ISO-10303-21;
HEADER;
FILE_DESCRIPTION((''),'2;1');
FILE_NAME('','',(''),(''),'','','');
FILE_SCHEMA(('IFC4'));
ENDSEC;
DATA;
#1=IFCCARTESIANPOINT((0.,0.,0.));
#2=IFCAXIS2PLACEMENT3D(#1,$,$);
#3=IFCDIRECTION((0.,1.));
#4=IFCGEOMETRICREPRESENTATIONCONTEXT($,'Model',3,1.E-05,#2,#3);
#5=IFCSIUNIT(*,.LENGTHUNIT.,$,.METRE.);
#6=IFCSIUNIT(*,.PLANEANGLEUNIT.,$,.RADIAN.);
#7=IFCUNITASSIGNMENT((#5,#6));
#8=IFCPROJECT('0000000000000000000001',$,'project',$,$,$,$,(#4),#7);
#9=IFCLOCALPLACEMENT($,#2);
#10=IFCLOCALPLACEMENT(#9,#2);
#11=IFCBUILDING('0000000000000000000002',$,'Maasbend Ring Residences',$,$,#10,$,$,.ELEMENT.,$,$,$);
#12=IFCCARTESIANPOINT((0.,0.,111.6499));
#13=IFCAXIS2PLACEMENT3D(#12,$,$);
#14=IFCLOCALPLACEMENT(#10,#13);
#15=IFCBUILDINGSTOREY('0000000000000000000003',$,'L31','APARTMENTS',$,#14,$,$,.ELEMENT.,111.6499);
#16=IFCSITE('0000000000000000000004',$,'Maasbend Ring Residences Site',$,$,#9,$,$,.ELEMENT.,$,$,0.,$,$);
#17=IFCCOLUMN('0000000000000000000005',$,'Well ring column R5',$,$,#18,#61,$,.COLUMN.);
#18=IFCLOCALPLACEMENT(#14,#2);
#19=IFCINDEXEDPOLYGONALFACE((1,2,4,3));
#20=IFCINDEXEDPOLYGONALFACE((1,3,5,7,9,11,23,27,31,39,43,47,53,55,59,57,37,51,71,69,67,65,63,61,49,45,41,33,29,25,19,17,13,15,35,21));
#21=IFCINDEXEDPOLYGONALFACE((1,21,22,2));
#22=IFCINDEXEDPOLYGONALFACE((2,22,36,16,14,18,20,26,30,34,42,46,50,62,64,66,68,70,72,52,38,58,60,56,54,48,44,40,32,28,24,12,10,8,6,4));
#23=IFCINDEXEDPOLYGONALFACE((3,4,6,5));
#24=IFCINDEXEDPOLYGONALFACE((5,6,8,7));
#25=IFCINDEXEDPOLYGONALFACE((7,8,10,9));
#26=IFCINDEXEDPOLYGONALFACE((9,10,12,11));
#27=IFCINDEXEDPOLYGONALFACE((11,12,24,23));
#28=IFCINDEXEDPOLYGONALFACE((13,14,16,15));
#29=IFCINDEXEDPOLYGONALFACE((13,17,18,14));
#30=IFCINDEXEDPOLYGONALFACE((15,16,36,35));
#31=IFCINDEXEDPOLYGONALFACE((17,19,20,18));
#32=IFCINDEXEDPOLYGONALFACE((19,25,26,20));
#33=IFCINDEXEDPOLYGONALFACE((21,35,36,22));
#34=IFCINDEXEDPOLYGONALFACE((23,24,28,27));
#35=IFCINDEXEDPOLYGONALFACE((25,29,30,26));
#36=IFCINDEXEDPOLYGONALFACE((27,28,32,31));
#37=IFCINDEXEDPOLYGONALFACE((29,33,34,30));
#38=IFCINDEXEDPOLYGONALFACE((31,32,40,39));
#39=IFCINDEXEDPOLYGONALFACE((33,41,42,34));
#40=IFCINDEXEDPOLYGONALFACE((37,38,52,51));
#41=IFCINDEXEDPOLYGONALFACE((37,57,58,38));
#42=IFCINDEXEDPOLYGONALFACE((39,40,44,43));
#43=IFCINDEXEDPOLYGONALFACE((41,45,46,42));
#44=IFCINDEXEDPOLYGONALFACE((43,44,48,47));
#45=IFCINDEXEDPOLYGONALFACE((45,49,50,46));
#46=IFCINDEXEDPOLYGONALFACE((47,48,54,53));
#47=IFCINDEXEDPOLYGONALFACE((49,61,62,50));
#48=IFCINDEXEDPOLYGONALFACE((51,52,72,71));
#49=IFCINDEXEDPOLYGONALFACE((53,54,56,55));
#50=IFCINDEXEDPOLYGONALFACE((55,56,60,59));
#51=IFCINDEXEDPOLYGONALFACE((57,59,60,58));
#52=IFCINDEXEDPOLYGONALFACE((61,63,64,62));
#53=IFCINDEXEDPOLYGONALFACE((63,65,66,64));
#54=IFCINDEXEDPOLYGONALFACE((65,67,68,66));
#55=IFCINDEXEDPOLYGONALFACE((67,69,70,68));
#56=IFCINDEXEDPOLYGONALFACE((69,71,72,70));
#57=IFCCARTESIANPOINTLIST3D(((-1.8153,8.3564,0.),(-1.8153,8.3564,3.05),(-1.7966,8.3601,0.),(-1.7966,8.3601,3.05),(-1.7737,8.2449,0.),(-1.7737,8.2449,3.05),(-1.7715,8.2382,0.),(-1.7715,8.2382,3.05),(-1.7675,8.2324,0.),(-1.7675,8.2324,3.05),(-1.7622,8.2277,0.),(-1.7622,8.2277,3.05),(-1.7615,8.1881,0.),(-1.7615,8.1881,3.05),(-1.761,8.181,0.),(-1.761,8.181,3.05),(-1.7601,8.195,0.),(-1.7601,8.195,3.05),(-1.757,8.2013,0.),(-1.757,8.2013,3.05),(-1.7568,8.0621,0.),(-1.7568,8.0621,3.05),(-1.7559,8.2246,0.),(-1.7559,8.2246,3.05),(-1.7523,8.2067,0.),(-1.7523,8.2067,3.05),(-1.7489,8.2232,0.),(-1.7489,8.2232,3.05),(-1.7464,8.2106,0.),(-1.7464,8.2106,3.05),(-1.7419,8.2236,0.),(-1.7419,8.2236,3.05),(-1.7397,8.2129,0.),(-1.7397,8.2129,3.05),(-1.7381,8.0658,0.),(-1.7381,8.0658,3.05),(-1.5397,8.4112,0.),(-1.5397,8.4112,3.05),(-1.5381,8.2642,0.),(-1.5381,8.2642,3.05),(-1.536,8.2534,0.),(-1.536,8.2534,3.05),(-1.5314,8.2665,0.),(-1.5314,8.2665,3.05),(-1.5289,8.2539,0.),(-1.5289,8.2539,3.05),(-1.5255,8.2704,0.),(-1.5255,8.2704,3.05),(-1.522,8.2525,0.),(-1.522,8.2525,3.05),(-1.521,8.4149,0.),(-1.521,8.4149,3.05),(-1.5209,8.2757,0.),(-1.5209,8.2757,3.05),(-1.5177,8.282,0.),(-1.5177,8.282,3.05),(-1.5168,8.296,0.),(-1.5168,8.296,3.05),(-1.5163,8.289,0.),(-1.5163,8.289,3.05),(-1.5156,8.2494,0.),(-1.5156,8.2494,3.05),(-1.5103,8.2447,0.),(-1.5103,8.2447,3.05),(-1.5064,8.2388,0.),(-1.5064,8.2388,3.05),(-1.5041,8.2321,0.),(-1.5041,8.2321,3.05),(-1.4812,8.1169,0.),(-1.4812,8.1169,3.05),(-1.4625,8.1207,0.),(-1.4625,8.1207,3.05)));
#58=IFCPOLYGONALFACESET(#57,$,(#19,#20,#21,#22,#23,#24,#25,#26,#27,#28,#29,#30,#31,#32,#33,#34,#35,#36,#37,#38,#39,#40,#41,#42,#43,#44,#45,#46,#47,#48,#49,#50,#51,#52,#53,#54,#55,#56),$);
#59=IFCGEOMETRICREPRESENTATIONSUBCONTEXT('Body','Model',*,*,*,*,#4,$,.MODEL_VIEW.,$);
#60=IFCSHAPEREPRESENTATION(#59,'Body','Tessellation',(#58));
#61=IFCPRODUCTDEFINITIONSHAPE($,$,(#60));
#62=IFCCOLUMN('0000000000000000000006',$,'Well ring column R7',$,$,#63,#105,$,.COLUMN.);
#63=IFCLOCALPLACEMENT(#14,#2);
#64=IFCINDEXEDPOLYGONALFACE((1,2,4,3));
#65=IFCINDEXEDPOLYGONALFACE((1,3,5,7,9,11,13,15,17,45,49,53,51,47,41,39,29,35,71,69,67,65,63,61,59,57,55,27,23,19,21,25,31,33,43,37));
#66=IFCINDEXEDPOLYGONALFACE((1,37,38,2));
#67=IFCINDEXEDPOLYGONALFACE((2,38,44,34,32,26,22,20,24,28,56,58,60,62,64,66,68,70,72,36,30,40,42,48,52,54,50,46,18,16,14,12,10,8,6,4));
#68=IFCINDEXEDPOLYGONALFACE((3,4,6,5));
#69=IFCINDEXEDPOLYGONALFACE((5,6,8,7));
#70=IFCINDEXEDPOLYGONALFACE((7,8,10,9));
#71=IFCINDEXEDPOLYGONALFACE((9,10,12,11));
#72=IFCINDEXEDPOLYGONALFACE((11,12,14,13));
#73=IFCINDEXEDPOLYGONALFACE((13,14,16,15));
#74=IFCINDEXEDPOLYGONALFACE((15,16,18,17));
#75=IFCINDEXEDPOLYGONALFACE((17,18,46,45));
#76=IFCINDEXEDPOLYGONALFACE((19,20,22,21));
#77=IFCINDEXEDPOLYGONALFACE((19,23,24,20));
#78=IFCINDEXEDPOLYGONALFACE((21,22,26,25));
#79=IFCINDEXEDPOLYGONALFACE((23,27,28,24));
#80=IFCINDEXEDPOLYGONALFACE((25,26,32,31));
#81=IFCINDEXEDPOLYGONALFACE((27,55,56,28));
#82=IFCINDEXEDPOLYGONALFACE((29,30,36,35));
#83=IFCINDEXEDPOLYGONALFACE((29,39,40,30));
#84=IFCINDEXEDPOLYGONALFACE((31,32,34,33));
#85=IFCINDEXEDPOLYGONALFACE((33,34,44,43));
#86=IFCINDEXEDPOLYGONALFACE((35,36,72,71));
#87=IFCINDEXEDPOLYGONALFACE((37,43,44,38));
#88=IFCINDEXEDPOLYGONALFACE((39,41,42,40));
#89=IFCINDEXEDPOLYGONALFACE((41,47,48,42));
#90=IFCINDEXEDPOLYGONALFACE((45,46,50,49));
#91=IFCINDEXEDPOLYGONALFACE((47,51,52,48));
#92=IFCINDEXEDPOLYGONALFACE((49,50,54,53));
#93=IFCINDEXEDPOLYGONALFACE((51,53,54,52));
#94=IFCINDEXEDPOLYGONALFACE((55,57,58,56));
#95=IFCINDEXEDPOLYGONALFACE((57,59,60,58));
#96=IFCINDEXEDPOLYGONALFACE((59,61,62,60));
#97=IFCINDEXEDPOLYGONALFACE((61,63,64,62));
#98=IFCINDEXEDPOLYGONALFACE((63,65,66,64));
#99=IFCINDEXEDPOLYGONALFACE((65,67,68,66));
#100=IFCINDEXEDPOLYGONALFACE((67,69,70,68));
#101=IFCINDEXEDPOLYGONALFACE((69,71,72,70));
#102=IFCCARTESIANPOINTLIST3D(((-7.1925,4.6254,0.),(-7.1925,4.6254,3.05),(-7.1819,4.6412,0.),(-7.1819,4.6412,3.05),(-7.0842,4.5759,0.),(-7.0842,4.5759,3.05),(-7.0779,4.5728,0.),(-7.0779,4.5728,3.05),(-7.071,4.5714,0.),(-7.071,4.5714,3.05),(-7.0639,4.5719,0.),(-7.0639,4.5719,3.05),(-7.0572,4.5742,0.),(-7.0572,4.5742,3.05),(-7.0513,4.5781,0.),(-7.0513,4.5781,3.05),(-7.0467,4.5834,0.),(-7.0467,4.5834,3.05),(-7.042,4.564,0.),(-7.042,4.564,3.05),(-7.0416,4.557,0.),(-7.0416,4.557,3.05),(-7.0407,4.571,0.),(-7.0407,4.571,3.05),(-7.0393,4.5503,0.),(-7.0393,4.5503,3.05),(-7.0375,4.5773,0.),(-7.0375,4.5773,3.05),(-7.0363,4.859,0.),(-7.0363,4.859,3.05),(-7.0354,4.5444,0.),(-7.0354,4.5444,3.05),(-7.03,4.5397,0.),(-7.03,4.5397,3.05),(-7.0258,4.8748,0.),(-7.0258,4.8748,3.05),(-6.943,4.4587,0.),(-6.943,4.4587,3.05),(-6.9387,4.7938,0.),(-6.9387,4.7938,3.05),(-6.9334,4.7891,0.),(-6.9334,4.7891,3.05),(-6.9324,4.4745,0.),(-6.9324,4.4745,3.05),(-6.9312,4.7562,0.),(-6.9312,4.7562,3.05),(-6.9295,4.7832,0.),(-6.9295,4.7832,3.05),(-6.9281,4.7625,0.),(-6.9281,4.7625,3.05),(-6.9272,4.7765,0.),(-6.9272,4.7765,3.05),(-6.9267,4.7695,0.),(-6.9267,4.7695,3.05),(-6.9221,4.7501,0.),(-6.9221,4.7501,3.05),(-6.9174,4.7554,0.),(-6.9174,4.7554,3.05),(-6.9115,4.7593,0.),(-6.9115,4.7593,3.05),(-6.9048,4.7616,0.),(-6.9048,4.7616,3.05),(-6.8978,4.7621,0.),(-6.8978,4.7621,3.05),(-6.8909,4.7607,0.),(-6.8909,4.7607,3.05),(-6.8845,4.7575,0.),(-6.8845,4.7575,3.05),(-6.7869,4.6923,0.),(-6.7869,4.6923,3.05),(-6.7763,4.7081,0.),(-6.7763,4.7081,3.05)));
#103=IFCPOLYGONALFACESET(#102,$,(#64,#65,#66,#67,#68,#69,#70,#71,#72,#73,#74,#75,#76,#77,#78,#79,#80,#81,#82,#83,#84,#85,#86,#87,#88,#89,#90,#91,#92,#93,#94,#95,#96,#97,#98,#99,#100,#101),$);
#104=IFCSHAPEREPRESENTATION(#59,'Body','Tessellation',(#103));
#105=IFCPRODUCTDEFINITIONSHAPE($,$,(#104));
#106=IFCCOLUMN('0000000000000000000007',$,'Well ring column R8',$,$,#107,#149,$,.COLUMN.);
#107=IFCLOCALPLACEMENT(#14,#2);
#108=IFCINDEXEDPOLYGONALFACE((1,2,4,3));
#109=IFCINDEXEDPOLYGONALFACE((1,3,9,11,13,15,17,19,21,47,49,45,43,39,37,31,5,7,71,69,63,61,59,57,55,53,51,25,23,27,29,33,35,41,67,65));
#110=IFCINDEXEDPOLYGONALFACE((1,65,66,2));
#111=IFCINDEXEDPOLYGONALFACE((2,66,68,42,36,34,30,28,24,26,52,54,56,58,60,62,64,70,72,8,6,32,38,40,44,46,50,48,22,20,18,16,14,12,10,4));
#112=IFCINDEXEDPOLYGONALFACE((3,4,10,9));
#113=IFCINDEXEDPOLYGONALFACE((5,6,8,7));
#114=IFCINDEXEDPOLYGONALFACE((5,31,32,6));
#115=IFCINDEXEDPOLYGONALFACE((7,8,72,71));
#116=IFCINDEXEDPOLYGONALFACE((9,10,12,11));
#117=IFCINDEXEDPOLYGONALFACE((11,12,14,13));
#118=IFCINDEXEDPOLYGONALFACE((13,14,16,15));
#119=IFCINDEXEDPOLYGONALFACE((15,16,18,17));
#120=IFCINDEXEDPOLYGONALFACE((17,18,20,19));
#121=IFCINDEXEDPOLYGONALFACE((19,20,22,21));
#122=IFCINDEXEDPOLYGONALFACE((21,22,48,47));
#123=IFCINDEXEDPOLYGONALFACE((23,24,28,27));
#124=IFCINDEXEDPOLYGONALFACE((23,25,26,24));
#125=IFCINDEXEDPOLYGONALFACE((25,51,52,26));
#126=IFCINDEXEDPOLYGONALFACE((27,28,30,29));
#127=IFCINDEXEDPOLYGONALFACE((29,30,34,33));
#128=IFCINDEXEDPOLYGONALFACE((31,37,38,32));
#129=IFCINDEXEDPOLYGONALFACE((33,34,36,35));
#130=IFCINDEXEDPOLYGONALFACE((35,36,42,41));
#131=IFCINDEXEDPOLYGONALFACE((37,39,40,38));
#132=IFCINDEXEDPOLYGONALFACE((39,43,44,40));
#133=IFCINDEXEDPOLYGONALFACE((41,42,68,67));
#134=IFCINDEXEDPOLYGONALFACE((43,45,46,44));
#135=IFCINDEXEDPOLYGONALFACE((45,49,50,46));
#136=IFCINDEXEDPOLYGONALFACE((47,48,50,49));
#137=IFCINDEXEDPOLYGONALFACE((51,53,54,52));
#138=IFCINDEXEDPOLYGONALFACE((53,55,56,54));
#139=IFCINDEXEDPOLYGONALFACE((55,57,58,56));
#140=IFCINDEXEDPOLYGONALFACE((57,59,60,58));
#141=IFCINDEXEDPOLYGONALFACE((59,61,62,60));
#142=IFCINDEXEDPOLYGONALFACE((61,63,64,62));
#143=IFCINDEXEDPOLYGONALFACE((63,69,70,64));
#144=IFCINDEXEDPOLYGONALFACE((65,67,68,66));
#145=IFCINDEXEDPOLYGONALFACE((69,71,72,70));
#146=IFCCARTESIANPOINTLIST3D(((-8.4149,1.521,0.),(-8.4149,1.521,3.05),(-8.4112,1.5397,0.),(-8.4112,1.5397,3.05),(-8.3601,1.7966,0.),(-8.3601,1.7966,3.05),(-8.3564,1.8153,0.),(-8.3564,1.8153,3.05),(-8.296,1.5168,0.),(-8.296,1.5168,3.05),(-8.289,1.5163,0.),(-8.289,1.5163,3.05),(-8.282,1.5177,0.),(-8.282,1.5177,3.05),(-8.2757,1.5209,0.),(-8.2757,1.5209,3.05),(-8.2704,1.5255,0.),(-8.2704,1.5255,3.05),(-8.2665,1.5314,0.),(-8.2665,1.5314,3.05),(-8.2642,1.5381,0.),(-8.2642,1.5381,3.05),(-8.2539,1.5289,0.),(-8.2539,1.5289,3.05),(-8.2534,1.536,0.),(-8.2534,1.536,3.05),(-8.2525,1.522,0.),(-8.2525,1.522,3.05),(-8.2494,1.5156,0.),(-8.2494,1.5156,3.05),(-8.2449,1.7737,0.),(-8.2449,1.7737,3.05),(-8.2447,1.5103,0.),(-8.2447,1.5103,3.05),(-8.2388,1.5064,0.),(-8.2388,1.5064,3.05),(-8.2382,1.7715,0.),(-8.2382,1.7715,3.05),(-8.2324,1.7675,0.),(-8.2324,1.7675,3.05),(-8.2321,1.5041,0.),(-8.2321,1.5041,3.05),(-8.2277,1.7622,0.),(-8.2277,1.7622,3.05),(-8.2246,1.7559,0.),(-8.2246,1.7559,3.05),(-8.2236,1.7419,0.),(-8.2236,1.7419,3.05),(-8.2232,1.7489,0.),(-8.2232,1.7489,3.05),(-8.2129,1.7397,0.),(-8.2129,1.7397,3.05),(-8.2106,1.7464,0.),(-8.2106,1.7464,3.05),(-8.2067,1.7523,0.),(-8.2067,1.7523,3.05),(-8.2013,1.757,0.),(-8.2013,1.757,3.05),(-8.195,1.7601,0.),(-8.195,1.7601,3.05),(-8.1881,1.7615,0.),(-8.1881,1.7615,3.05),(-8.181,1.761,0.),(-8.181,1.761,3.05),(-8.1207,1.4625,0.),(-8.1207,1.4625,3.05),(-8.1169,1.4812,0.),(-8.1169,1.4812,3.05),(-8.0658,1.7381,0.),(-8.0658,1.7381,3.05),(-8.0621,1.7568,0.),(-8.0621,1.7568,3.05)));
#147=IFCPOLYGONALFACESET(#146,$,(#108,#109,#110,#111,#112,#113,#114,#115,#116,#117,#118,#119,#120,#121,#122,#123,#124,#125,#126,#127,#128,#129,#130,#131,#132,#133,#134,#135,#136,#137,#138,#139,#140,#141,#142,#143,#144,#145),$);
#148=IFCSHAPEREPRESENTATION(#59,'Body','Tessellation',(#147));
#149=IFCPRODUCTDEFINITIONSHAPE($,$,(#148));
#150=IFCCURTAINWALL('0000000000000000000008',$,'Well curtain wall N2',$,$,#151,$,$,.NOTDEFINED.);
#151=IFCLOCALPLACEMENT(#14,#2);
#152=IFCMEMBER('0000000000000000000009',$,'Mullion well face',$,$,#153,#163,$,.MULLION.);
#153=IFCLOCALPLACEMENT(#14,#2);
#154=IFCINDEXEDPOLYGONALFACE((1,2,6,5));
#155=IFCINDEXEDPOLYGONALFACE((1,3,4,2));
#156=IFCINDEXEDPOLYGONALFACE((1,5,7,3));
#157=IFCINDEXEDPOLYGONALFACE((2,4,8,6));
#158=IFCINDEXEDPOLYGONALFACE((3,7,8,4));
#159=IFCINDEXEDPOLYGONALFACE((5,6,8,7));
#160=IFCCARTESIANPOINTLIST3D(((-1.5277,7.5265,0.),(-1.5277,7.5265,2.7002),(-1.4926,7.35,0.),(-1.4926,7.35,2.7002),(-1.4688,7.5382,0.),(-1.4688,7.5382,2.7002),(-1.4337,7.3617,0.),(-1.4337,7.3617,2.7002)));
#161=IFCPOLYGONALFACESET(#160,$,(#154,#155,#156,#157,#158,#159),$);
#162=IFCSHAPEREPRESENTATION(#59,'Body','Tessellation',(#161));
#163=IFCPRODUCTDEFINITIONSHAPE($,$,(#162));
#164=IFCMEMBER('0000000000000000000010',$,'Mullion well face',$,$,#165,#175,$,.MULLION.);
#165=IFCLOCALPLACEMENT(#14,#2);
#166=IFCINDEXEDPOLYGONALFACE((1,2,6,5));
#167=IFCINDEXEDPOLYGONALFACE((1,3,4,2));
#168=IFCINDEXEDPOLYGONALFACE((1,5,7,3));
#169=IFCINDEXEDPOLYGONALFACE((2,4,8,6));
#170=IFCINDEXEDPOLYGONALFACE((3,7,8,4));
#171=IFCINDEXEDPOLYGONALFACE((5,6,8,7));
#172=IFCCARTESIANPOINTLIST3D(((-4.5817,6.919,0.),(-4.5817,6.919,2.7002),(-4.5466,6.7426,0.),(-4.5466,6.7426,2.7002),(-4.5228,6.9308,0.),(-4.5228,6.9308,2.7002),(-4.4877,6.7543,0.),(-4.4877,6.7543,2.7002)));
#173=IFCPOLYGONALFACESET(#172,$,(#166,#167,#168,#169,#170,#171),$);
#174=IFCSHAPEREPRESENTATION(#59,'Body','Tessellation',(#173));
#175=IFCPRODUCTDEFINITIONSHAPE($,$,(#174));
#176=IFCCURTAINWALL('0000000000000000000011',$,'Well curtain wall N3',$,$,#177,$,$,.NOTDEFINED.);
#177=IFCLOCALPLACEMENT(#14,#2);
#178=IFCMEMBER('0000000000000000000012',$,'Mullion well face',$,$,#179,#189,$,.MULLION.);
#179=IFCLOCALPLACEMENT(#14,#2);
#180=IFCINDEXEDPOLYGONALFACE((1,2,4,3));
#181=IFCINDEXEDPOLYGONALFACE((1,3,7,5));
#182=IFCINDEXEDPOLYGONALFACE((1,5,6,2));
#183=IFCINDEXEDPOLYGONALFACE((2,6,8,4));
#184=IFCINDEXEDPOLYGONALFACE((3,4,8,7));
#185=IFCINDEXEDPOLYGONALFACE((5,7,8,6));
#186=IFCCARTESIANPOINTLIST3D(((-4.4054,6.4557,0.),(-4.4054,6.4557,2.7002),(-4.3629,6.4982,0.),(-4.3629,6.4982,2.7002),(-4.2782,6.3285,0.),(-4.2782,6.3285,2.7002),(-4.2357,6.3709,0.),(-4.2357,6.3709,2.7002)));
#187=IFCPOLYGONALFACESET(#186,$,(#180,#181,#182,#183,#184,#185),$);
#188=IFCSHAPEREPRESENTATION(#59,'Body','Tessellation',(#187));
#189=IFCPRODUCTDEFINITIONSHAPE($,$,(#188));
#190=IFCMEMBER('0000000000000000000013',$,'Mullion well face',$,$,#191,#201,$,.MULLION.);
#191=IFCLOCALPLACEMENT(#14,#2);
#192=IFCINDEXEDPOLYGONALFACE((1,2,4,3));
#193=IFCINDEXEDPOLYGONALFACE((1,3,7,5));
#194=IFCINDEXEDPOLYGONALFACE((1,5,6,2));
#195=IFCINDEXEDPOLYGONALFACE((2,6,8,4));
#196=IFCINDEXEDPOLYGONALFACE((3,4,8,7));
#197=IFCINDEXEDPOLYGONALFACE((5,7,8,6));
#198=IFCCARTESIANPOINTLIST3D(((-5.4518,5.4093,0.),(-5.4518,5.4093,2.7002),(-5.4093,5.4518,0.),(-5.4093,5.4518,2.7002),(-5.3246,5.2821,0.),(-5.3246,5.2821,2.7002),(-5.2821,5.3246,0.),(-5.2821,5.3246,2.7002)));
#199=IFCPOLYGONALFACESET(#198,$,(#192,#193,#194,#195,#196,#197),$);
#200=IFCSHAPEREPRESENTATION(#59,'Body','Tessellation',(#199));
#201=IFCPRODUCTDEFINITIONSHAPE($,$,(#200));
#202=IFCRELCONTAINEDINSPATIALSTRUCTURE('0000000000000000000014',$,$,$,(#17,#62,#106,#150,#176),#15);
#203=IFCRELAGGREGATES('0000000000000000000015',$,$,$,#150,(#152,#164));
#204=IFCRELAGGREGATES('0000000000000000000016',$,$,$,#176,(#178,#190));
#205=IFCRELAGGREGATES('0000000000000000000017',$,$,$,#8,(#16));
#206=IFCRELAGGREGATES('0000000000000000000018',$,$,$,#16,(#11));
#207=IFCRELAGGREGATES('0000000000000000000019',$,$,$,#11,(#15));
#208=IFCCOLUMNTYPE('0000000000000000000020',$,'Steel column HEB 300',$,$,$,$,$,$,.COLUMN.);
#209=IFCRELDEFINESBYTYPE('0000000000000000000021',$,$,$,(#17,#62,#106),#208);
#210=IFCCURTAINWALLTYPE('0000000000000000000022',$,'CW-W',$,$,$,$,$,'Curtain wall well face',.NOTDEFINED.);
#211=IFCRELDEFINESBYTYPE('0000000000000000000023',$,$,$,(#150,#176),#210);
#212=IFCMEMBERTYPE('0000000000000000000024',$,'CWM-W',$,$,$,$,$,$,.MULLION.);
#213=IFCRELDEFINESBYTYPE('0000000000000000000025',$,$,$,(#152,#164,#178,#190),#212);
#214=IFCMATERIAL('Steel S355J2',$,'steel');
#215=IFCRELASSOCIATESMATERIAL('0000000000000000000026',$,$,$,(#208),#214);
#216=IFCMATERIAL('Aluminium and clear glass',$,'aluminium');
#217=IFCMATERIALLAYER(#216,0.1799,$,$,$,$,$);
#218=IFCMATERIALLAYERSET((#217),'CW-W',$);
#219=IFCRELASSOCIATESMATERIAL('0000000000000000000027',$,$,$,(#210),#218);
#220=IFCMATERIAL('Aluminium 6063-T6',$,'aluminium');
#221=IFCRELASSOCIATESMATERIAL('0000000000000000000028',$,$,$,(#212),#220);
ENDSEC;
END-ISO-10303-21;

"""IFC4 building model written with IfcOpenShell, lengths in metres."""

from ifc_helpers import new_model, si_unit, direction, frame, origin, origin_2d, place, context, subcontext, project, spatial, rectangle, i_section, extrude, material, layer, layer_set, material_profile, profile_set, type_object, element, aggregate, save


model = new_model("IFC4")

# Units and contexts
model_context = context("Model", 3, precision=1e-05, world=origin(), true_north=direction((0.0, 1.0)))
body_context = subcontext(model_context, "Body", "Model", "MODEL_VIEW")
ifc_project = project(units=[si_unit("LENGTHUNIT", "METRE"), si_unit("PLANEANGLEUNIT", "RADIAN")], contexts=[model_context])

# Site, building, storey
site_placement = place(None, origin())
site = spatial("IfcSite", under=ifc_project, at=site_placement, Name="Maasbend Ring Residences Site", CompositionType="ELEMENT", RefElevation=0.0)
building_placement = place(site_placement, origin())
building = spatial("IfcBuilding", under=site, at=building_placement, Name="Maasbend Ring Residences", CompositionType="ELEMENT")
storey_placement = place(building_placement, frame((0.0, 0.0, 111.6499)))
storey = spatial("IfcBuildingStorey", under=building, at=storey_placement, Name="L31", Description="APARTMENTS", CompositionType="ELEMENT", Elevation=111.6499)

# Columns
ifc_material_1 = material(Name="Steel S355J2", Category="steel")
ifc_material_profile_1 = material_profile(ifc_material_1, i_section(OverallWidth=0.3, OverallDepth=0.3, WebThickness=0.011, FlangeThickness=0.019, FilletRadius=0.0271, at=origin_2d()), Name="HEB 300")
ifc_profile_set_1 = profile_set([ifc_material_profile_1], Name="Steel S355J2")
column_type = type_object("IfcColumnType", Name="Steel column HEB 300", PredefinedType="COLUMN", material=ifc_profile_set_1)
for number, where, z_axis, x_axis, name in (
    (1, (-1.6389, 8.2385, 0.0), (0.0, 0.0, 1.0), (-0.19509, 0.980785, 0.0), "Well ring column R5"),
    (2, (-6.9844, 4.6667, 0.0), (0.0, 0.0, 1.0), (-0.83147, 0.55557, 0.0), "Well ring column R7"),
    (3, (-8.2385, 1.6389, 0.0), (0.0, 0.0, 1.0), (-0.980785, 0.19509, 0.0), "Well ring column R8"),
):
    element("IfcColumn", number, at=place(storey_placement, frame(where, z_axis=z_axis, x_axis=x_axis)), inside=storey, type_object=column_type, Name=name, PredefinedType="COLUMN", context=body_context, shape_type="SweptSolid", body=[
        extrude(i_section(OverallWidth=0.3, OverallDepth=0.3, WebThickness=0.011, FlangeThickness=0.019, FilletRadius=0.0271, at=origin_2d()), origin(), (0.0, 0.0, 1.0), 3.05),
    ])

# Curtain walls, members
ifc_material_2 = material(Name="Aluminium and clear glass", Category="aluminium")
ifc_layer_1 = layer(ifc_material_2, 0.1799)
ifc_layer_set_1 = layer_set([ifc_layer_1], Name="CW-W")
curtain_wall_type = type_object("IfcCurtainWallType", Name="CW-W", ElementType="Curtain wall well face", PredefinedType="NOTDEFINED", material=ifc_layer_set_1)
curtain_wall_1_placement = place(storey_placement, origin())
curtain_wall_1 = element("IfcCurtainWall", 4, at=curtain_wall_1_placement, inside=storey, type_object=curtain_wall_type, Name="Well curtain wall N2", PredefinedType="NOTDEFINED")
ifc_material_3 = material(Name="Aluminium 6063-T6", Category="aluminium")
ifc_material_profile_2 = material_profile(ifc_material_3, rectangle(XDim=0.1799, YDim=0.0601, at=origin_2d()), Name="AL 180x60")
ifc_profile_set_2 = profile_set([ifc_material_profile_2], Name="Aluminium 6063-T6")
member_type_1 = type_object("IfcMemberType", Name="CWM-W", PredefinedType="MULLION", material=ifc_profile_set_2)
member_1_placement = place(storey_placement, frame((-1.4807, 7.4441, 0.0), z_axis=(0.0, 0.0, 1.0), x_axis=(0.19509, -0.980785, 0.0)))
member_1 = element("IfcMember", 5, at=member_1_placement, type_object=member_type_1, Name="Mullion well face", PredefinedType="MULLION", context=body_context, shape_type="SweptSolid", body=[
    extrude(rectangle(XDim=0.1799, YDim=0.0601, at=origin_2d()), origin(), (0.0, 0.0, 1.0), 2.7002),
])
member_2_placement = place(storey_placement, frame((-4.5347, 6.8367, 0.0), z_axis=(0.0, 0.0, 1.0), x_axis=(0.19509, -0.980785, 0.0)))
member_2 = element("IfcMember", 6, at=member_2_placement, type_object=member_type_1, Name="Mullion well face", PredefinedType="MULLION", context=body_context, shape_type="SweptSolid", body=[
    extrude(rectangle(XDim=0.1799, YDim=0.0601, at=origin_2d()), origin(), (0.0, 0.0, 1.0), 2.7002),
])
curtain_wall_2_placement = place(storey_placement, origin())
curtain_wall_2 = element("IfcCurtainWall", 7, at=curtain_wall_2_placement, inside=storey, type_object=curtain_wall_type, Name="Well curtain wall N3", PredefinedType="NOTDEFINED")
member_3_placement = place(storey_placement, frame((-4.3206, 6.4133, 0.0), z_axis=(0.0, 0.0, 1.0), x_axis=(0.707107, -0.707107, 0.0)))
member_3 = element("IfcMember", 8, at=member_3_placement, type_object=member_type_1, Name="Mullion well face", PredefinedType="MULLION", context=body_context, shape_type="SweptSolid", body=[
    extrude(rectangle(XDim=0.1799, YDim=0.0601, at=origin_2d()), origin(), (0.0, 0.0, 1.0), 2.7002),
])
member_4_placement = place(storey_placement, frame((-5.3669, 5.3669, 0.0), z_axis=(0.0, 0.0, 1.0), x_axis=(0.707107, -0.707107, 0.0)))
member_4 = element("IfcMember", 9, at=member_4_placement, type_object=member_type_1, Name="Mullion well face", PredefinedType="MULLION", context=body_context, shape_type="SweptSolid", body=[
    extrude(rectangle(XDim=0.1799, YDim=0.0601, at=origin_2d()), origin(), (0.0, 0.0, 1.0), 2.7002),
])

aggregate(curtain_wall_1, [member_1, member_2])
aggregate(curtain_wall_2, [member_3, member_4])

save(model, "model.ifc")
